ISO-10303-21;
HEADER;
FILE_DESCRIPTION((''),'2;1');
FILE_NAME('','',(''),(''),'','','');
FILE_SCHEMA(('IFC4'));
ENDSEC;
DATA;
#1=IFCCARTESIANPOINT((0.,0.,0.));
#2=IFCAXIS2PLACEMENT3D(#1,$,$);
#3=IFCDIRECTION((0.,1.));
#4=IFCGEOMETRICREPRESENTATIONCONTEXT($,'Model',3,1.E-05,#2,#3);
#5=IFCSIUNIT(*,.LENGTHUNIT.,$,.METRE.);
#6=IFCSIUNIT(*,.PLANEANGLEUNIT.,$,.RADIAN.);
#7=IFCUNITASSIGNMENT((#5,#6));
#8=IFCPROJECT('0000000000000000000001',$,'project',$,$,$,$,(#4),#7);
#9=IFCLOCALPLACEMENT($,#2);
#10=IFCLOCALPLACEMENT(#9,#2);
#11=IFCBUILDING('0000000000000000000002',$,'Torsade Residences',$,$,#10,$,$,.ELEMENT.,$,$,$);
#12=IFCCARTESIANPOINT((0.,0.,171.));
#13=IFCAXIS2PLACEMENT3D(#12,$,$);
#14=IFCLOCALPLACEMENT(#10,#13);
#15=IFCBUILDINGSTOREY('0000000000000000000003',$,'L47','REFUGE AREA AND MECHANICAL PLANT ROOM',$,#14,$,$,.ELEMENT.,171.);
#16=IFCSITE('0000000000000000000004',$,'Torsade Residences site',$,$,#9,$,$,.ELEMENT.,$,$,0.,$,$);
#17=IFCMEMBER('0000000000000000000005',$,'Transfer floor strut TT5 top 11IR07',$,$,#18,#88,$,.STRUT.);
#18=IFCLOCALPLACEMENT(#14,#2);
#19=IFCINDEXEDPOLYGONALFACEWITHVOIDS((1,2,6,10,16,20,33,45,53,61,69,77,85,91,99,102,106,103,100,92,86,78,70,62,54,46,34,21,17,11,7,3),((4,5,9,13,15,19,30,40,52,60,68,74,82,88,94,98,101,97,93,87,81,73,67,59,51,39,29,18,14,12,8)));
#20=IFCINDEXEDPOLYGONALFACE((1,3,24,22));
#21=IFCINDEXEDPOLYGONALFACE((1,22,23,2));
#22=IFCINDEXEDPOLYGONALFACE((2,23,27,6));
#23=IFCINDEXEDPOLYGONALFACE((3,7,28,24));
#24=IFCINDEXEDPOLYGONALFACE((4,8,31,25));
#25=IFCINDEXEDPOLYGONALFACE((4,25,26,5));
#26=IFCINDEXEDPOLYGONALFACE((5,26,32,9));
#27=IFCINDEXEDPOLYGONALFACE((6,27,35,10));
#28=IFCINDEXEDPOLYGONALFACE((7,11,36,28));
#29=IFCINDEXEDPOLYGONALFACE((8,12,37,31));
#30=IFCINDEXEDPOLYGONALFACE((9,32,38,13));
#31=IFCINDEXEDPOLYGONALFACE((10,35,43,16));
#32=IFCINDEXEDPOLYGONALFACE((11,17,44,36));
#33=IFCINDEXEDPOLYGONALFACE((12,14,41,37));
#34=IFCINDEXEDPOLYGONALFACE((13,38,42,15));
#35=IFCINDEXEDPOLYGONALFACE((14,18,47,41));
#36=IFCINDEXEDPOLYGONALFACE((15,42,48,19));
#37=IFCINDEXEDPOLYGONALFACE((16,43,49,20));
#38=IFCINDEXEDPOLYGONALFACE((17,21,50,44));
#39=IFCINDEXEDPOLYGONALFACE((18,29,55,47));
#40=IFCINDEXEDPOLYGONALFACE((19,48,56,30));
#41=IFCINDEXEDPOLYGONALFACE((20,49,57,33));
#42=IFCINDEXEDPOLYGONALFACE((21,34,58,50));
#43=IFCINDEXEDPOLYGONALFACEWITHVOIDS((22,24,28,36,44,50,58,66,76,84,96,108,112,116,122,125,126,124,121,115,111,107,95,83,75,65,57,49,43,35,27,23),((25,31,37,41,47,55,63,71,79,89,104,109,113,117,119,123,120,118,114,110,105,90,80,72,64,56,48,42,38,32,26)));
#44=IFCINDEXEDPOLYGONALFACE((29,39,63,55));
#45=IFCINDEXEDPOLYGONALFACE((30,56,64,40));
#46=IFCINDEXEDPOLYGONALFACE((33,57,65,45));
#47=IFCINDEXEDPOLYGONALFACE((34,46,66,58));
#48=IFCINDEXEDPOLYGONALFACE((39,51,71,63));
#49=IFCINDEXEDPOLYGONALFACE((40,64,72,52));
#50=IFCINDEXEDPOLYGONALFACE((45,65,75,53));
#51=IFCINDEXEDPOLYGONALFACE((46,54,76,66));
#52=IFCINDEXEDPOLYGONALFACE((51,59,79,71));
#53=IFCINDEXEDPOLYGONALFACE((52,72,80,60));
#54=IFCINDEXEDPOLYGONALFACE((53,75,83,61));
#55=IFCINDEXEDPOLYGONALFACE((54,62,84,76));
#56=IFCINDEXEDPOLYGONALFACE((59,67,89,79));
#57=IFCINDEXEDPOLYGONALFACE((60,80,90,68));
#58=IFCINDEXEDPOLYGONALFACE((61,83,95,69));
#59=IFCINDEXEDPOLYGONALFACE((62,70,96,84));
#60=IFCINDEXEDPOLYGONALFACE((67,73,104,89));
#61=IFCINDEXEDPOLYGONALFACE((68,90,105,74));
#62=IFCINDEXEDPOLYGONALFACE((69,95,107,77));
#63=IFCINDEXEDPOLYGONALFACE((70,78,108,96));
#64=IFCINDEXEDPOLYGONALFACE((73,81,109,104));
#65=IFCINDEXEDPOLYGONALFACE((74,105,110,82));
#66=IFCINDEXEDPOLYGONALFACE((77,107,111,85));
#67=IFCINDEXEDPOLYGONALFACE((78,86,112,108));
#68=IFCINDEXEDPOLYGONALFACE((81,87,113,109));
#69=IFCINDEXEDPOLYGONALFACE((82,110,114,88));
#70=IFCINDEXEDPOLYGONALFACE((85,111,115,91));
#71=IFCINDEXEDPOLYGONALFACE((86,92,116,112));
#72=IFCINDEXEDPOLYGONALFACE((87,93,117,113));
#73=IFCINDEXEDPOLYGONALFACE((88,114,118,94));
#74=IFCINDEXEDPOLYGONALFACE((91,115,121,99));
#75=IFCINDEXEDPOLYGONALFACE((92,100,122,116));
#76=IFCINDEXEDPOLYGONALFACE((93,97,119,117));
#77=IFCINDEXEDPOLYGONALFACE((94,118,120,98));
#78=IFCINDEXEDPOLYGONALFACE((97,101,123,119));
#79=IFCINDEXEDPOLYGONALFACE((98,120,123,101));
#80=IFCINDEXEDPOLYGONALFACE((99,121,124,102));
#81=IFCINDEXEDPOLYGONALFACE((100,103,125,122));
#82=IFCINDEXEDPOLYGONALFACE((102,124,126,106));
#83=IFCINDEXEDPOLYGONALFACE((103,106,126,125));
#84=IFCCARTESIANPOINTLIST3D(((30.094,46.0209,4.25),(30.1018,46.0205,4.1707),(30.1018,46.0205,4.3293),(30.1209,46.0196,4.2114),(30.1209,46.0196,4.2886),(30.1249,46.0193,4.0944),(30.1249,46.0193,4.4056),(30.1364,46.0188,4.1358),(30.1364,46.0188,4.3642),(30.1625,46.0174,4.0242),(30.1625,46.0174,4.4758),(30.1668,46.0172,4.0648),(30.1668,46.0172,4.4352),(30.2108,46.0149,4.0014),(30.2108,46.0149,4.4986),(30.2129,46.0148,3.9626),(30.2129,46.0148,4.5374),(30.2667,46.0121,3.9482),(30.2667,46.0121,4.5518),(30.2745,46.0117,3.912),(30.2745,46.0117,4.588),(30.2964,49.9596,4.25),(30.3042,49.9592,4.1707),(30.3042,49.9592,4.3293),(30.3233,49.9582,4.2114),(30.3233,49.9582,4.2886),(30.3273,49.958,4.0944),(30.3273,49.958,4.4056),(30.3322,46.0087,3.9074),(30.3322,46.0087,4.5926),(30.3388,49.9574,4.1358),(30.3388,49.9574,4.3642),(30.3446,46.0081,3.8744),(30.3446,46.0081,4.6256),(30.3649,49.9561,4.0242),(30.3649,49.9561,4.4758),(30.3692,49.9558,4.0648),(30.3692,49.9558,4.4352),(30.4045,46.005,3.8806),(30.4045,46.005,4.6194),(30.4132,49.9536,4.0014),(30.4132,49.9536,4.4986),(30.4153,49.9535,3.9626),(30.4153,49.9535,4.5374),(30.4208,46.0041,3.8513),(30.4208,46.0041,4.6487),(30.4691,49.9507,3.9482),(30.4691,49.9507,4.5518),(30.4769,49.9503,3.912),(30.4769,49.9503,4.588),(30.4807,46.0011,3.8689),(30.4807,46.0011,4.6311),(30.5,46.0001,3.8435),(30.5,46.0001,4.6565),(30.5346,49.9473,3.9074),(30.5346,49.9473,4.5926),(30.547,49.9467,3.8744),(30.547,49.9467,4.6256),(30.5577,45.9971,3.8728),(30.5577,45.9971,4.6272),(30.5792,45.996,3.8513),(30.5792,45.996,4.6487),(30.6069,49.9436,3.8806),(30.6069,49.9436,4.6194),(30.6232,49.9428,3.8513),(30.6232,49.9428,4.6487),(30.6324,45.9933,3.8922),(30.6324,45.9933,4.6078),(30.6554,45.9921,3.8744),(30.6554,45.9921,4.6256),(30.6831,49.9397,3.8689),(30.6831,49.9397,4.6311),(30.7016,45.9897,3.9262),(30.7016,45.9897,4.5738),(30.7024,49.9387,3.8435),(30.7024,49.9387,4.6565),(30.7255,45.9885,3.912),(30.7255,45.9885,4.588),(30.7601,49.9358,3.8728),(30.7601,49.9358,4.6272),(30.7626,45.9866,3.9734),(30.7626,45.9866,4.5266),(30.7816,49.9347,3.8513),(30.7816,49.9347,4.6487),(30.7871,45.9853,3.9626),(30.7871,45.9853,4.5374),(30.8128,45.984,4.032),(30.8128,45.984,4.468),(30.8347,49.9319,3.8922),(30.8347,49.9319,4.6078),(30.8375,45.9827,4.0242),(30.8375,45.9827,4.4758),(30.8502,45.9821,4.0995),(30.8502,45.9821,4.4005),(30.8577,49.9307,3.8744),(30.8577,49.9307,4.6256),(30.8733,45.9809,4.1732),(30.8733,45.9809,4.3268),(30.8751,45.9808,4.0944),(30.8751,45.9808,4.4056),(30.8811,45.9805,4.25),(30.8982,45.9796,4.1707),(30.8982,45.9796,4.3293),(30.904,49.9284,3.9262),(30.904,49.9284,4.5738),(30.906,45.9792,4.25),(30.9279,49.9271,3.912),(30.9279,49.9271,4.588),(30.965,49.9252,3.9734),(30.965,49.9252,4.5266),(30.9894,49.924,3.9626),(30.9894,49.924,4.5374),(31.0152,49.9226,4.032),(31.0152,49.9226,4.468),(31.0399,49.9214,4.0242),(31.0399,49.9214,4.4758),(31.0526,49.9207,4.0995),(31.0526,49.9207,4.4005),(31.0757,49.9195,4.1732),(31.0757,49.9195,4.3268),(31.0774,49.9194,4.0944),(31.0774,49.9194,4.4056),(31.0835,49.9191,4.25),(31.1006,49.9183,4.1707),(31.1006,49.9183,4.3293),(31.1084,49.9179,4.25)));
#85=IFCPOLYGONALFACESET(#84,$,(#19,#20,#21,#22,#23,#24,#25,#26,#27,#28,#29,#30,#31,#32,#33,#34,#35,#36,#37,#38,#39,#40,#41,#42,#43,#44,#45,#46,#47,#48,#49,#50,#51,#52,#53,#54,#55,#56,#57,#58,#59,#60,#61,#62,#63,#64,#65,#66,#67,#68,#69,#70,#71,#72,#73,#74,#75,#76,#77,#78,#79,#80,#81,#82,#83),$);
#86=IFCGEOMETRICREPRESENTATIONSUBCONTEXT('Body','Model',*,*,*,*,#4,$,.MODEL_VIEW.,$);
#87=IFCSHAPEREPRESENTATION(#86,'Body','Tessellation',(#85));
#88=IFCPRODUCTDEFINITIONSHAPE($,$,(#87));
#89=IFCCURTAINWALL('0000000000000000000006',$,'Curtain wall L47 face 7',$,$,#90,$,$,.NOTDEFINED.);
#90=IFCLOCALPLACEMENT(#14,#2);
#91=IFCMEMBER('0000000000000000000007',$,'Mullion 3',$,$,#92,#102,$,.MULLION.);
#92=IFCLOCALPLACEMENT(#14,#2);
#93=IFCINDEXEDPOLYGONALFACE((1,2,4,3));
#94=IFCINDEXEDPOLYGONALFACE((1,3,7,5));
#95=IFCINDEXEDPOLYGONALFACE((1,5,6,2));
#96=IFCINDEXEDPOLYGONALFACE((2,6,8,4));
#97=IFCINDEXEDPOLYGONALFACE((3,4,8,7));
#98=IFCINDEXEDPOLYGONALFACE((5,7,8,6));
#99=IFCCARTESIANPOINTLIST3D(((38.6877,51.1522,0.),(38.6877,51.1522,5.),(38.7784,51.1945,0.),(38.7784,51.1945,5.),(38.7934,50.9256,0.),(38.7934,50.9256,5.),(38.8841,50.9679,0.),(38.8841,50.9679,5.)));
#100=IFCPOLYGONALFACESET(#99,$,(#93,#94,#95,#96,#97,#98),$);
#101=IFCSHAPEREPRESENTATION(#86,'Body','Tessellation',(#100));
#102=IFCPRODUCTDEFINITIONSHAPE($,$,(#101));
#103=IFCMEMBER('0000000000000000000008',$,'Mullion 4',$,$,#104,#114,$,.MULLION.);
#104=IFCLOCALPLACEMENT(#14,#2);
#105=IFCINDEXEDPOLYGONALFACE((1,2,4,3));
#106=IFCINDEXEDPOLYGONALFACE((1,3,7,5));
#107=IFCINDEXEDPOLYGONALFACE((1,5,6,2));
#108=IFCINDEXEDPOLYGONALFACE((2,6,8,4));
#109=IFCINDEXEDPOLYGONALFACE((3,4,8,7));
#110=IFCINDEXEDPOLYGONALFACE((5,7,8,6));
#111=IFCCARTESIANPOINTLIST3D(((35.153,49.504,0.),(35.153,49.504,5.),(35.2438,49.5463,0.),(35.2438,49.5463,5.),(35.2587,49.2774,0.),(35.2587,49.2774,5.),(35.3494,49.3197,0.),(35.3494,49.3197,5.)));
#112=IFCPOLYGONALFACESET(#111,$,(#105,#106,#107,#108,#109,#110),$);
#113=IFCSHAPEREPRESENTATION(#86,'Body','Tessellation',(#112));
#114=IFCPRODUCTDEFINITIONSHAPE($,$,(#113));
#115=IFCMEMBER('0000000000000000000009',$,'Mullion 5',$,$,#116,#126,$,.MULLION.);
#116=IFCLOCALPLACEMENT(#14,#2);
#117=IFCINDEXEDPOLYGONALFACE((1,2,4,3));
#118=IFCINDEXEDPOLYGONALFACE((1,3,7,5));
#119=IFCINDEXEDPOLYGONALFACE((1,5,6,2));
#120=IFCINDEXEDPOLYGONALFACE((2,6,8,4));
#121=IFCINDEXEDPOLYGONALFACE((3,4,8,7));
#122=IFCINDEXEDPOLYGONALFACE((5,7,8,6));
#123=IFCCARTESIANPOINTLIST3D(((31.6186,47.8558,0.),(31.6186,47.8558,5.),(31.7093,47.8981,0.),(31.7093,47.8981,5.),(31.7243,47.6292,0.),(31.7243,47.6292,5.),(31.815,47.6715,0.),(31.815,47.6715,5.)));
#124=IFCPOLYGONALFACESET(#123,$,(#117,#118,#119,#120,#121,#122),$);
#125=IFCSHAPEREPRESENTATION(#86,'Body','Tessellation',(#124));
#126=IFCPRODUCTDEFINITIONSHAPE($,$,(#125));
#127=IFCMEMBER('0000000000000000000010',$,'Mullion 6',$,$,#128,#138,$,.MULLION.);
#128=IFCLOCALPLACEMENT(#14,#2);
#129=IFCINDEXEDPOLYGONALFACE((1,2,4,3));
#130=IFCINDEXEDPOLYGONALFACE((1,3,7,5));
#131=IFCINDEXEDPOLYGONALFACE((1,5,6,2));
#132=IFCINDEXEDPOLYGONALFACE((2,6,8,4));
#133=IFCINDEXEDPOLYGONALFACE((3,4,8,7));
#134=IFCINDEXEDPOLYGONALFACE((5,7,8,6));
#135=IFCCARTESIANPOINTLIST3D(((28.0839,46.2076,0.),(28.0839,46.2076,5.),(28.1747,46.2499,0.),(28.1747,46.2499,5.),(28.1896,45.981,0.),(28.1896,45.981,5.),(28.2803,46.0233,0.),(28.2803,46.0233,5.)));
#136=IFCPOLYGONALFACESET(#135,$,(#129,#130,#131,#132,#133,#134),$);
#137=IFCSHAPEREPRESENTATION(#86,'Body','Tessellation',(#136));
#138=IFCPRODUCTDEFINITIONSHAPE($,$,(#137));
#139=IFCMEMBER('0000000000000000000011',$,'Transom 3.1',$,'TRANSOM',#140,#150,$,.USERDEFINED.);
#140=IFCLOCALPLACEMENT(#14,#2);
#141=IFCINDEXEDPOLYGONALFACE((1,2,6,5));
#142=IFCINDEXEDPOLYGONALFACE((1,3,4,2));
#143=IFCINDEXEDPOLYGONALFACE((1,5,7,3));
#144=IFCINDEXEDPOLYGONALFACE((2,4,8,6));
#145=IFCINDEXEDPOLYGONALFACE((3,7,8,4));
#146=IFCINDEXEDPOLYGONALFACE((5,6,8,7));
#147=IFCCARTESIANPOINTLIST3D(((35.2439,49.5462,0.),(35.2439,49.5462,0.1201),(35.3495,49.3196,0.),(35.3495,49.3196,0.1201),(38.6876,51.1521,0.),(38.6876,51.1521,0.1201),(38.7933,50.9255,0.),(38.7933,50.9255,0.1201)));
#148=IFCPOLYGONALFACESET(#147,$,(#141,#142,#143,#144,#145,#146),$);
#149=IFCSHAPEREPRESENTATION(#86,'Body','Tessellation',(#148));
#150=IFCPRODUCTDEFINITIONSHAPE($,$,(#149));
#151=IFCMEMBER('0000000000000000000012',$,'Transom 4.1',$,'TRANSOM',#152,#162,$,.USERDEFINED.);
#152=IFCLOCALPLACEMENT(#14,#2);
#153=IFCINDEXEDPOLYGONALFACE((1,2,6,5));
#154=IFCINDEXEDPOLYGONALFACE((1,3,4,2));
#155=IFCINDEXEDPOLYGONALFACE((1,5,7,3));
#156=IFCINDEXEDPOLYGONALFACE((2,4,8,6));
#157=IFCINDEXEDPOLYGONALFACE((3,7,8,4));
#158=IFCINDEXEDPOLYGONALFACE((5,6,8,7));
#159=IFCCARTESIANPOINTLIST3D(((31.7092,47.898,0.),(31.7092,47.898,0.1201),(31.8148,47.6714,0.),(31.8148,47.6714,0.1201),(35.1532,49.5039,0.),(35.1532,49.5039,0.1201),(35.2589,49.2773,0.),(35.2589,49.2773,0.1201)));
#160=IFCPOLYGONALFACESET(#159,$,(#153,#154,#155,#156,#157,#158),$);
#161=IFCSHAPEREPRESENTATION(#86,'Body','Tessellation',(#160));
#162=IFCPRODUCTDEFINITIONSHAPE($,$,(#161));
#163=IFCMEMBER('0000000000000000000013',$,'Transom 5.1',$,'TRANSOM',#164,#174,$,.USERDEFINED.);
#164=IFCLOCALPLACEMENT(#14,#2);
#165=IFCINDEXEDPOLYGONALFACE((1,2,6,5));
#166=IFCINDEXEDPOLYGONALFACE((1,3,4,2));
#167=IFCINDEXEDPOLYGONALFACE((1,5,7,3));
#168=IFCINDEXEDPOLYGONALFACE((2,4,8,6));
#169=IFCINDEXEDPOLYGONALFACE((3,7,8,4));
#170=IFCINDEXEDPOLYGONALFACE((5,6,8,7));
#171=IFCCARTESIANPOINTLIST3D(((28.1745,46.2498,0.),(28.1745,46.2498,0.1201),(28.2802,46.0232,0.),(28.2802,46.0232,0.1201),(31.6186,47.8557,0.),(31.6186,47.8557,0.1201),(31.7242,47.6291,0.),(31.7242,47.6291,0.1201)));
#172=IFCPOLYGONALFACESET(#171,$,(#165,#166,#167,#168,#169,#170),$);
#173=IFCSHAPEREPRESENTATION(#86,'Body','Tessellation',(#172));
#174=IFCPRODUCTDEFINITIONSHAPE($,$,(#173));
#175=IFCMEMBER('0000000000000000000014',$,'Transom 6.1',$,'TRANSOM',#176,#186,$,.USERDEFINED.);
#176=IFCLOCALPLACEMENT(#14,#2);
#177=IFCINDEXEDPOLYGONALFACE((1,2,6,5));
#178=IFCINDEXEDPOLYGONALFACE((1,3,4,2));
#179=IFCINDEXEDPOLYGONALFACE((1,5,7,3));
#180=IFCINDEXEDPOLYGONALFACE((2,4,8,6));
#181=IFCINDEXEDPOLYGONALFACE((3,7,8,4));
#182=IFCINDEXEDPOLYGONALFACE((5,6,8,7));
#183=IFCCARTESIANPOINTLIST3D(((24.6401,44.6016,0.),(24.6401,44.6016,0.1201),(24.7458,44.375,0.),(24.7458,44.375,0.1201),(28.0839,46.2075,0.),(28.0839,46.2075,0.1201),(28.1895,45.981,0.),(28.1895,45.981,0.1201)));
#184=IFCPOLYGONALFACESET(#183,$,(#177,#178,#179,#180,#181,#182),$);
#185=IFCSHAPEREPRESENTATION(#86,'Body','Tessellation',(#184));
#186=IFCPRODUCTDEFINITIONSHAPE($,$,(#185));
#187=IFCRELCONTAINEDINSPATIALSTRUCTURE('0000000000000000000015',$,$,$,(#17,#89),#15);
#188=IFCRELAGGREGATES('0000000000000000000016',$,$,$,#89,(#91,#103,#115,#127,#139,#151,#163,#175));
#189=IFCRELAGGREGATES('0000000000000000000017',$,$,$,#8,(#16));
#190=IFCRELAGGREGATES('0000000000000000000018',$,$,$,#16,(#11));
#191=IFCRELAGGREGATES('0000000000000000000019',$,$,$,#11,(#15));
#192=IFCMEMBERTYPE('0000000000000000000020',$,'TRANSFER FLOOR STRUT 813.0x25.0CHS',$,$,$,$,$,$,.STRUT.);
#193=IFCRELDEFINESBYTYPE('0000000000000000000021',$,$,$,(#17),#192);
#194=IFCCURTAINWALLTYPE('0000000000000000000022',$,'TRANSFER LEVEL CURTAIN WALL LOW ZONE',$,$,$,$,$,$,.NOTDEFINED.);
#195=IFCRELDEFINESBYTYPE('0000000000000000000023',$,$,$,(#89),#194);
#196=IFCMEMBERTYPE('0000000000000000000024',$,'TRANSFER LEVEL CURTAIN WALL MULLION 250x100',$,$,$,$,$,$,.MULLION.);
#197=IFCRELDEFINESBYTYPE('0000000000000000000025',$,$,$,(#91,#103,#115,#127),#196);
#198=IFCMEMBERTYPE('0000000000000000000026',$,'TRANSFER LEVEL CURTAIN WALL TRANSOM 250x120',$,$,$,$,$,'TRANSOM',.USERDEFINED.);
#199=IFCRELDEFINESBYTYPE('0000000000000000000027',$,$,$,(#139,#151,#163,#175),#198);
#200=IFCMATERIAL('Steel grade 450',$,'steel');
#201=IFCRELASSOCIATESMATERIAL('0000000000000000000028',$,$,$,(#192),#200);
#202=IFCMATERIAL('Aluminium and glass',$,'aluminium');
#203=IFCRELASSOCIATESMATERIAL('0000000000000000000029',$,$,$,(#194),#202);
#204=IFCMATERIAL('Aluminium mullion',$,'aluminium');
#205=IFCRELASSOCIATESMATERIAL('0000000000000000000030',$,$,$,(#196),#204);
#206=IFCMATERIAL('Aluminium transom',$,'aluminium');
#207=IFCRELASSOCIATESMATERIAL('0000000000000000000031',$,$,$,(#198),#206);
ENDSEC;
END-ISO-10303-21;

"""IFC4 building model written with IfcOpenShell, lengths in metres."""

from ifc_helpers import new_model, si_unit, direction, frame, origin, origin_2d, place, context, subcontext, project, spatial, rectangle, hollow_circle, extrude, material, material_profile, profile_set, type_object, element, aggregate, save


model = new_model("IFC4")

# Units and contexts
model_context = context("Model", 3, precision=1e-05, world=origin(), true_north=direction((0.0, 1.0)))
body_context = subcontext(model_context, "Body", "Model", "MODEL_VIEW")
ifc_project = project(units=[si_unit("LENGTHUNIT", "METRE"), si_unit("PLANEANGLEUNIT", "RADIAN")], contexts=[model_context])

# Site, building, storey
site_placement = place(None, origin())
site = spatial("IfcSite", under=ifc_project, at=site_placement, Name="Torsade Residences site", CompositionType="ELEMENT", RefElevation=0.0)
building_placement = place(site_placement, origin())
building = spatial("IfcBuilding", under=site, at=building_placement, Name="Torsade Residences", CompositionType="ELEMENT")
storey_placement = place(building_placement, frame((0.0, 0.0, 171.0)))
storey = spatial("IfcBuildingStorey", under=building, at=storey_placement, Name="L47", Description="REFUGE AREA AND MECHANICAL PLANT ROOM", CompositionType="ELEMENT", Elevation=171.0)

# Member
ifc_material_1 = material(Name="Steel grade 450", Category="steel")
ifc_material_profile_1 = material_profile(ifc_material_1, hollow_circle(Radius=0.4065, WallThickness=0.0249, at=origin_2d()), Name="813.0x25.0CHS")
ifc_profile_set_1 = profile_set([ifc_material_profile_1], Name="Steel grade 450")
member_type_1 = type_object("IfcMemberType", Name="TRANSFER FLOOR STRUT 813.0x25.0CHS", PredefinedType="STRUT", material=ifc_profile_set_1)
member_1_placement = place(storey_placement, frame((30.7024, 49.9387, 4.25), z_axis=(-0.051318, -0.998682, 0.0), x_axis=(0.998682, -0.051318, 0.0)))
element("IfcMember", 1, at=member_1_placement, inside=storey, type_object=member_type_1, Name="Transfer floor strut TT5 top 11IR07", PredefinedType="STRUT", context=body_context, shape_type="SweptSolid", body=[
    extrude(hollow_circle(Radius=0.4065, WallThickness=0.0249, at=origin_2d()), origin(), (0.0, 0.0, 1.0), 3.9438),
])

# Curtain wall, members
ifc_material_2 = material(Name="Aluminium and glass", Category="aluminium")
curtain_wall_type = type_object("IfcCurtainWallType", Name="TRANSFER LEVEL CURTAIN WALL LOW ZONE", PredefinedType="NOTDEFINED", material=ifc_material_2)
curtain_wall_placement = place(storey_placement, origin())
curtain_wall = element("IfcCurtainWall", 2, at=curtain_wall_placement, inside=storey, type_object=curtain_wall_type, Name="Curtain wall L47 face 7", PredefinedType="NOTDEFINED")
ifc_material_3 = material(Name="Aluminium mullion", Category="aluminium")
ifc_material_profile_2 = material_profile(ifc_material_3, rectangle(XDim=0.25, YDim=0.1001, at=origin_2d()), Name="TRANSFER LEVEL CURTAIN WALL MULLION 250x100")
ifc_profile_set_2 = profile_set([ifc_material_profile_2], Name="Aluminium mullion")
member_type_2 = type_object("IfcMemberType", Name="TRANSFER LEVEL CURTAIN WALL MULLION 250x100", PredefinedType="MULLION", material=ifc_profile_set_2)
member_2_placement = place(storey_placement, frame((38.7859, 51.0601, 0.0), z_axis=(0.0, 0.0, 1.0), x_axis=(0.422618, -0.906308, 0.0)))
member_2 = element("IfcMember", 3, at=member_2_placement, type_object=member_type_2, Name="Mullion 3", PredefinedType="MULLION", context=body_context, shape_type="SweptSolid", body=[
    extrude(rectangle(XDim=0.25, YDim=0.1001, at=origin_2d()), origin(), (0.0, 0.0, 1.0), 5.0),
])
member_3_placement = place(storey_placement, frame((35.2512, 49.4119, 0.0), z_axis=(0.0, 0.0, 1.0), x_axis=(0.422618, -0.906308, 0.0)))
member_3 = element("IfcMember", 4, at=member_3_placement, type_object=member_type_2, Name="Mullion 4", PredefinedType="MULLION", context=body_context, shape_type="SweptSolid", body=[
    extrude(rectangle(XDim=0.25, YDim=0.1001, at=origin_2d()), origin(), (0.0, 0.0, 1.0), 5.0),
])
member_4_placement = place(storey_placement, frame((31.7168, 47.7637, 0.0), z_axis=(0.0, 0.0, 1.0), x_axis=(0.422618, -0.906308, 0.0)))
member_4 = element("IfcMember", 5, at=member_4_placement, type_object=member_type_2, Name="Mullion 5", PredefinedType="MULLION", context=body_context, shape_type="SweptSolid", body=[
    extrude(rectangle(XDim=0.25, YDim=0.1001, at=origin_2d()), origin(), (0.0, 0.0, 1.0), 5.0),
])
member_5_placement = place(storey_placement, frame((28.1821, 46.1155, 0.0), z_axis=(0.0, 0.0, 1.0), x_axis=(0.422618, -0.906308, 0.0)))
member_5 = element("IfcMember", 6, at=member_5_placement, type_object=member_type_2, Name="Mullion 6", PredefinedType="MULLION", context=body_context, shape_type="SweptSolid", body=[
    extrude(rectangle(XDim=0.25, YDim=0.1001, at=origin_2d()), origin(), (0.0, 0.0, 1.0), 5.0),
])
ifc_material_4 = material(Name="Aluminium transom", Category="aluminium")
ifc_material_profile_3 = material_profile(ifc_material_4, rectangle(XDim=0.25, YDim=0.1201, at=origin_2d()), Name="TRANSFER LEVEL CURTAIN WALL TRANSOM 250x120")
ifc_profile_set_3 = profile_set([ifc_material_profile_3], Name="Aluminium transom")
member_type_3 = type_object("IfcMemberType", Name="TRANSFER LEVEL CURTAIN WALL TRANSOM 250x120", ElementType="TRANSOM", PredefinedType="USERDEFINED", material=ifc_profile_set_3)
member_6_placement = place(storey_placement, frame((38.7405, 51.0388, 0.0601), z_axis=(-0.906301, -0.422632, 0.0), x_axis=(0.422632, -0.906301, 0.0)))
member_6 = element("IfcMember", 7, at=member_6_placement, type_object=member_type_3, Name="Transom 3.1", ObjectType="TRANSOM", PredefinedType="USERDEFINED", context=body_context, shape_type="SweptSolid", body=[
    extrude(rectangle(XDim=0.25, YDim=0.1201, at=origin_2d()), origin(), (0.0, 0.0, 1.0), 3.7998),
])
member_7_placement = place(storey_placement, frame((35.2061, 49.3906, 0.0601), z_axis=(-0.906313, -0.422608, 0.0), x_axis=(0.422608, -0.906313, 0.0)))
member_7 = element("IfcMember", 8, at=member_7_placement, type_object=member_type_3, Name="Transom 4.1", ObjectType="TRANSOM", PredefinedType="USERDEFINED", context=body_context, shape_type="SweptSolid", body=[
    extrude(rectangle(XDim=0.25, YDim=0.1201, at=origin_2d()), origin(), (0.0, 0.0, 1.0), 3.8),
])
member_8_placement = place(storey_placement, frame((31.6714, 47.7424, 0.0601), z_axis=(-0.906313, -0.422608, 0.0), x_axis=(0.422608, -0.906313, 0.0)))
member_8 = element("IfcMember", 9, at=member_8_placement, type_object=member_type_3, Name="Transom 5.1", ObjectType="TRANSOM", PredefinedType="USERDEFINED", context=body_context, shape_type="SweptSolid", body=[
    extrude(rectangle(XDim=0.25, YDim=0.1201, at=origin_2d()), origin(), (0.0, 0.0, 1.0), 3.8),
])
member_9_placement = place(storey_placement, frame((28.1367, 46.0942, 0.0601), z_axis=(-0.906301, -0.422632, 0.0), x_axis=(0.422632, -0.906301, 0.0)))
member_9 = element("IfcMember", 10, at=member_9_placement, type_object=member_type_3, Name="Transom 6.1", ObjectType="TRANSOM", PredefinedType="USERDEFINED", context=body_context, shape_type="SweptSolid", body=[
    extrude(rectangle(XDim=0.25, YDim=0.1201, at=origin_2d()), origin(), (0.0, 0.0, 1.0), 3.7998),
])

aggregate(curtain_wall, [member_2, member_3, member_4, member_5, member_6, member_7, member_8, member_9])

save(model, "model.ifc")
